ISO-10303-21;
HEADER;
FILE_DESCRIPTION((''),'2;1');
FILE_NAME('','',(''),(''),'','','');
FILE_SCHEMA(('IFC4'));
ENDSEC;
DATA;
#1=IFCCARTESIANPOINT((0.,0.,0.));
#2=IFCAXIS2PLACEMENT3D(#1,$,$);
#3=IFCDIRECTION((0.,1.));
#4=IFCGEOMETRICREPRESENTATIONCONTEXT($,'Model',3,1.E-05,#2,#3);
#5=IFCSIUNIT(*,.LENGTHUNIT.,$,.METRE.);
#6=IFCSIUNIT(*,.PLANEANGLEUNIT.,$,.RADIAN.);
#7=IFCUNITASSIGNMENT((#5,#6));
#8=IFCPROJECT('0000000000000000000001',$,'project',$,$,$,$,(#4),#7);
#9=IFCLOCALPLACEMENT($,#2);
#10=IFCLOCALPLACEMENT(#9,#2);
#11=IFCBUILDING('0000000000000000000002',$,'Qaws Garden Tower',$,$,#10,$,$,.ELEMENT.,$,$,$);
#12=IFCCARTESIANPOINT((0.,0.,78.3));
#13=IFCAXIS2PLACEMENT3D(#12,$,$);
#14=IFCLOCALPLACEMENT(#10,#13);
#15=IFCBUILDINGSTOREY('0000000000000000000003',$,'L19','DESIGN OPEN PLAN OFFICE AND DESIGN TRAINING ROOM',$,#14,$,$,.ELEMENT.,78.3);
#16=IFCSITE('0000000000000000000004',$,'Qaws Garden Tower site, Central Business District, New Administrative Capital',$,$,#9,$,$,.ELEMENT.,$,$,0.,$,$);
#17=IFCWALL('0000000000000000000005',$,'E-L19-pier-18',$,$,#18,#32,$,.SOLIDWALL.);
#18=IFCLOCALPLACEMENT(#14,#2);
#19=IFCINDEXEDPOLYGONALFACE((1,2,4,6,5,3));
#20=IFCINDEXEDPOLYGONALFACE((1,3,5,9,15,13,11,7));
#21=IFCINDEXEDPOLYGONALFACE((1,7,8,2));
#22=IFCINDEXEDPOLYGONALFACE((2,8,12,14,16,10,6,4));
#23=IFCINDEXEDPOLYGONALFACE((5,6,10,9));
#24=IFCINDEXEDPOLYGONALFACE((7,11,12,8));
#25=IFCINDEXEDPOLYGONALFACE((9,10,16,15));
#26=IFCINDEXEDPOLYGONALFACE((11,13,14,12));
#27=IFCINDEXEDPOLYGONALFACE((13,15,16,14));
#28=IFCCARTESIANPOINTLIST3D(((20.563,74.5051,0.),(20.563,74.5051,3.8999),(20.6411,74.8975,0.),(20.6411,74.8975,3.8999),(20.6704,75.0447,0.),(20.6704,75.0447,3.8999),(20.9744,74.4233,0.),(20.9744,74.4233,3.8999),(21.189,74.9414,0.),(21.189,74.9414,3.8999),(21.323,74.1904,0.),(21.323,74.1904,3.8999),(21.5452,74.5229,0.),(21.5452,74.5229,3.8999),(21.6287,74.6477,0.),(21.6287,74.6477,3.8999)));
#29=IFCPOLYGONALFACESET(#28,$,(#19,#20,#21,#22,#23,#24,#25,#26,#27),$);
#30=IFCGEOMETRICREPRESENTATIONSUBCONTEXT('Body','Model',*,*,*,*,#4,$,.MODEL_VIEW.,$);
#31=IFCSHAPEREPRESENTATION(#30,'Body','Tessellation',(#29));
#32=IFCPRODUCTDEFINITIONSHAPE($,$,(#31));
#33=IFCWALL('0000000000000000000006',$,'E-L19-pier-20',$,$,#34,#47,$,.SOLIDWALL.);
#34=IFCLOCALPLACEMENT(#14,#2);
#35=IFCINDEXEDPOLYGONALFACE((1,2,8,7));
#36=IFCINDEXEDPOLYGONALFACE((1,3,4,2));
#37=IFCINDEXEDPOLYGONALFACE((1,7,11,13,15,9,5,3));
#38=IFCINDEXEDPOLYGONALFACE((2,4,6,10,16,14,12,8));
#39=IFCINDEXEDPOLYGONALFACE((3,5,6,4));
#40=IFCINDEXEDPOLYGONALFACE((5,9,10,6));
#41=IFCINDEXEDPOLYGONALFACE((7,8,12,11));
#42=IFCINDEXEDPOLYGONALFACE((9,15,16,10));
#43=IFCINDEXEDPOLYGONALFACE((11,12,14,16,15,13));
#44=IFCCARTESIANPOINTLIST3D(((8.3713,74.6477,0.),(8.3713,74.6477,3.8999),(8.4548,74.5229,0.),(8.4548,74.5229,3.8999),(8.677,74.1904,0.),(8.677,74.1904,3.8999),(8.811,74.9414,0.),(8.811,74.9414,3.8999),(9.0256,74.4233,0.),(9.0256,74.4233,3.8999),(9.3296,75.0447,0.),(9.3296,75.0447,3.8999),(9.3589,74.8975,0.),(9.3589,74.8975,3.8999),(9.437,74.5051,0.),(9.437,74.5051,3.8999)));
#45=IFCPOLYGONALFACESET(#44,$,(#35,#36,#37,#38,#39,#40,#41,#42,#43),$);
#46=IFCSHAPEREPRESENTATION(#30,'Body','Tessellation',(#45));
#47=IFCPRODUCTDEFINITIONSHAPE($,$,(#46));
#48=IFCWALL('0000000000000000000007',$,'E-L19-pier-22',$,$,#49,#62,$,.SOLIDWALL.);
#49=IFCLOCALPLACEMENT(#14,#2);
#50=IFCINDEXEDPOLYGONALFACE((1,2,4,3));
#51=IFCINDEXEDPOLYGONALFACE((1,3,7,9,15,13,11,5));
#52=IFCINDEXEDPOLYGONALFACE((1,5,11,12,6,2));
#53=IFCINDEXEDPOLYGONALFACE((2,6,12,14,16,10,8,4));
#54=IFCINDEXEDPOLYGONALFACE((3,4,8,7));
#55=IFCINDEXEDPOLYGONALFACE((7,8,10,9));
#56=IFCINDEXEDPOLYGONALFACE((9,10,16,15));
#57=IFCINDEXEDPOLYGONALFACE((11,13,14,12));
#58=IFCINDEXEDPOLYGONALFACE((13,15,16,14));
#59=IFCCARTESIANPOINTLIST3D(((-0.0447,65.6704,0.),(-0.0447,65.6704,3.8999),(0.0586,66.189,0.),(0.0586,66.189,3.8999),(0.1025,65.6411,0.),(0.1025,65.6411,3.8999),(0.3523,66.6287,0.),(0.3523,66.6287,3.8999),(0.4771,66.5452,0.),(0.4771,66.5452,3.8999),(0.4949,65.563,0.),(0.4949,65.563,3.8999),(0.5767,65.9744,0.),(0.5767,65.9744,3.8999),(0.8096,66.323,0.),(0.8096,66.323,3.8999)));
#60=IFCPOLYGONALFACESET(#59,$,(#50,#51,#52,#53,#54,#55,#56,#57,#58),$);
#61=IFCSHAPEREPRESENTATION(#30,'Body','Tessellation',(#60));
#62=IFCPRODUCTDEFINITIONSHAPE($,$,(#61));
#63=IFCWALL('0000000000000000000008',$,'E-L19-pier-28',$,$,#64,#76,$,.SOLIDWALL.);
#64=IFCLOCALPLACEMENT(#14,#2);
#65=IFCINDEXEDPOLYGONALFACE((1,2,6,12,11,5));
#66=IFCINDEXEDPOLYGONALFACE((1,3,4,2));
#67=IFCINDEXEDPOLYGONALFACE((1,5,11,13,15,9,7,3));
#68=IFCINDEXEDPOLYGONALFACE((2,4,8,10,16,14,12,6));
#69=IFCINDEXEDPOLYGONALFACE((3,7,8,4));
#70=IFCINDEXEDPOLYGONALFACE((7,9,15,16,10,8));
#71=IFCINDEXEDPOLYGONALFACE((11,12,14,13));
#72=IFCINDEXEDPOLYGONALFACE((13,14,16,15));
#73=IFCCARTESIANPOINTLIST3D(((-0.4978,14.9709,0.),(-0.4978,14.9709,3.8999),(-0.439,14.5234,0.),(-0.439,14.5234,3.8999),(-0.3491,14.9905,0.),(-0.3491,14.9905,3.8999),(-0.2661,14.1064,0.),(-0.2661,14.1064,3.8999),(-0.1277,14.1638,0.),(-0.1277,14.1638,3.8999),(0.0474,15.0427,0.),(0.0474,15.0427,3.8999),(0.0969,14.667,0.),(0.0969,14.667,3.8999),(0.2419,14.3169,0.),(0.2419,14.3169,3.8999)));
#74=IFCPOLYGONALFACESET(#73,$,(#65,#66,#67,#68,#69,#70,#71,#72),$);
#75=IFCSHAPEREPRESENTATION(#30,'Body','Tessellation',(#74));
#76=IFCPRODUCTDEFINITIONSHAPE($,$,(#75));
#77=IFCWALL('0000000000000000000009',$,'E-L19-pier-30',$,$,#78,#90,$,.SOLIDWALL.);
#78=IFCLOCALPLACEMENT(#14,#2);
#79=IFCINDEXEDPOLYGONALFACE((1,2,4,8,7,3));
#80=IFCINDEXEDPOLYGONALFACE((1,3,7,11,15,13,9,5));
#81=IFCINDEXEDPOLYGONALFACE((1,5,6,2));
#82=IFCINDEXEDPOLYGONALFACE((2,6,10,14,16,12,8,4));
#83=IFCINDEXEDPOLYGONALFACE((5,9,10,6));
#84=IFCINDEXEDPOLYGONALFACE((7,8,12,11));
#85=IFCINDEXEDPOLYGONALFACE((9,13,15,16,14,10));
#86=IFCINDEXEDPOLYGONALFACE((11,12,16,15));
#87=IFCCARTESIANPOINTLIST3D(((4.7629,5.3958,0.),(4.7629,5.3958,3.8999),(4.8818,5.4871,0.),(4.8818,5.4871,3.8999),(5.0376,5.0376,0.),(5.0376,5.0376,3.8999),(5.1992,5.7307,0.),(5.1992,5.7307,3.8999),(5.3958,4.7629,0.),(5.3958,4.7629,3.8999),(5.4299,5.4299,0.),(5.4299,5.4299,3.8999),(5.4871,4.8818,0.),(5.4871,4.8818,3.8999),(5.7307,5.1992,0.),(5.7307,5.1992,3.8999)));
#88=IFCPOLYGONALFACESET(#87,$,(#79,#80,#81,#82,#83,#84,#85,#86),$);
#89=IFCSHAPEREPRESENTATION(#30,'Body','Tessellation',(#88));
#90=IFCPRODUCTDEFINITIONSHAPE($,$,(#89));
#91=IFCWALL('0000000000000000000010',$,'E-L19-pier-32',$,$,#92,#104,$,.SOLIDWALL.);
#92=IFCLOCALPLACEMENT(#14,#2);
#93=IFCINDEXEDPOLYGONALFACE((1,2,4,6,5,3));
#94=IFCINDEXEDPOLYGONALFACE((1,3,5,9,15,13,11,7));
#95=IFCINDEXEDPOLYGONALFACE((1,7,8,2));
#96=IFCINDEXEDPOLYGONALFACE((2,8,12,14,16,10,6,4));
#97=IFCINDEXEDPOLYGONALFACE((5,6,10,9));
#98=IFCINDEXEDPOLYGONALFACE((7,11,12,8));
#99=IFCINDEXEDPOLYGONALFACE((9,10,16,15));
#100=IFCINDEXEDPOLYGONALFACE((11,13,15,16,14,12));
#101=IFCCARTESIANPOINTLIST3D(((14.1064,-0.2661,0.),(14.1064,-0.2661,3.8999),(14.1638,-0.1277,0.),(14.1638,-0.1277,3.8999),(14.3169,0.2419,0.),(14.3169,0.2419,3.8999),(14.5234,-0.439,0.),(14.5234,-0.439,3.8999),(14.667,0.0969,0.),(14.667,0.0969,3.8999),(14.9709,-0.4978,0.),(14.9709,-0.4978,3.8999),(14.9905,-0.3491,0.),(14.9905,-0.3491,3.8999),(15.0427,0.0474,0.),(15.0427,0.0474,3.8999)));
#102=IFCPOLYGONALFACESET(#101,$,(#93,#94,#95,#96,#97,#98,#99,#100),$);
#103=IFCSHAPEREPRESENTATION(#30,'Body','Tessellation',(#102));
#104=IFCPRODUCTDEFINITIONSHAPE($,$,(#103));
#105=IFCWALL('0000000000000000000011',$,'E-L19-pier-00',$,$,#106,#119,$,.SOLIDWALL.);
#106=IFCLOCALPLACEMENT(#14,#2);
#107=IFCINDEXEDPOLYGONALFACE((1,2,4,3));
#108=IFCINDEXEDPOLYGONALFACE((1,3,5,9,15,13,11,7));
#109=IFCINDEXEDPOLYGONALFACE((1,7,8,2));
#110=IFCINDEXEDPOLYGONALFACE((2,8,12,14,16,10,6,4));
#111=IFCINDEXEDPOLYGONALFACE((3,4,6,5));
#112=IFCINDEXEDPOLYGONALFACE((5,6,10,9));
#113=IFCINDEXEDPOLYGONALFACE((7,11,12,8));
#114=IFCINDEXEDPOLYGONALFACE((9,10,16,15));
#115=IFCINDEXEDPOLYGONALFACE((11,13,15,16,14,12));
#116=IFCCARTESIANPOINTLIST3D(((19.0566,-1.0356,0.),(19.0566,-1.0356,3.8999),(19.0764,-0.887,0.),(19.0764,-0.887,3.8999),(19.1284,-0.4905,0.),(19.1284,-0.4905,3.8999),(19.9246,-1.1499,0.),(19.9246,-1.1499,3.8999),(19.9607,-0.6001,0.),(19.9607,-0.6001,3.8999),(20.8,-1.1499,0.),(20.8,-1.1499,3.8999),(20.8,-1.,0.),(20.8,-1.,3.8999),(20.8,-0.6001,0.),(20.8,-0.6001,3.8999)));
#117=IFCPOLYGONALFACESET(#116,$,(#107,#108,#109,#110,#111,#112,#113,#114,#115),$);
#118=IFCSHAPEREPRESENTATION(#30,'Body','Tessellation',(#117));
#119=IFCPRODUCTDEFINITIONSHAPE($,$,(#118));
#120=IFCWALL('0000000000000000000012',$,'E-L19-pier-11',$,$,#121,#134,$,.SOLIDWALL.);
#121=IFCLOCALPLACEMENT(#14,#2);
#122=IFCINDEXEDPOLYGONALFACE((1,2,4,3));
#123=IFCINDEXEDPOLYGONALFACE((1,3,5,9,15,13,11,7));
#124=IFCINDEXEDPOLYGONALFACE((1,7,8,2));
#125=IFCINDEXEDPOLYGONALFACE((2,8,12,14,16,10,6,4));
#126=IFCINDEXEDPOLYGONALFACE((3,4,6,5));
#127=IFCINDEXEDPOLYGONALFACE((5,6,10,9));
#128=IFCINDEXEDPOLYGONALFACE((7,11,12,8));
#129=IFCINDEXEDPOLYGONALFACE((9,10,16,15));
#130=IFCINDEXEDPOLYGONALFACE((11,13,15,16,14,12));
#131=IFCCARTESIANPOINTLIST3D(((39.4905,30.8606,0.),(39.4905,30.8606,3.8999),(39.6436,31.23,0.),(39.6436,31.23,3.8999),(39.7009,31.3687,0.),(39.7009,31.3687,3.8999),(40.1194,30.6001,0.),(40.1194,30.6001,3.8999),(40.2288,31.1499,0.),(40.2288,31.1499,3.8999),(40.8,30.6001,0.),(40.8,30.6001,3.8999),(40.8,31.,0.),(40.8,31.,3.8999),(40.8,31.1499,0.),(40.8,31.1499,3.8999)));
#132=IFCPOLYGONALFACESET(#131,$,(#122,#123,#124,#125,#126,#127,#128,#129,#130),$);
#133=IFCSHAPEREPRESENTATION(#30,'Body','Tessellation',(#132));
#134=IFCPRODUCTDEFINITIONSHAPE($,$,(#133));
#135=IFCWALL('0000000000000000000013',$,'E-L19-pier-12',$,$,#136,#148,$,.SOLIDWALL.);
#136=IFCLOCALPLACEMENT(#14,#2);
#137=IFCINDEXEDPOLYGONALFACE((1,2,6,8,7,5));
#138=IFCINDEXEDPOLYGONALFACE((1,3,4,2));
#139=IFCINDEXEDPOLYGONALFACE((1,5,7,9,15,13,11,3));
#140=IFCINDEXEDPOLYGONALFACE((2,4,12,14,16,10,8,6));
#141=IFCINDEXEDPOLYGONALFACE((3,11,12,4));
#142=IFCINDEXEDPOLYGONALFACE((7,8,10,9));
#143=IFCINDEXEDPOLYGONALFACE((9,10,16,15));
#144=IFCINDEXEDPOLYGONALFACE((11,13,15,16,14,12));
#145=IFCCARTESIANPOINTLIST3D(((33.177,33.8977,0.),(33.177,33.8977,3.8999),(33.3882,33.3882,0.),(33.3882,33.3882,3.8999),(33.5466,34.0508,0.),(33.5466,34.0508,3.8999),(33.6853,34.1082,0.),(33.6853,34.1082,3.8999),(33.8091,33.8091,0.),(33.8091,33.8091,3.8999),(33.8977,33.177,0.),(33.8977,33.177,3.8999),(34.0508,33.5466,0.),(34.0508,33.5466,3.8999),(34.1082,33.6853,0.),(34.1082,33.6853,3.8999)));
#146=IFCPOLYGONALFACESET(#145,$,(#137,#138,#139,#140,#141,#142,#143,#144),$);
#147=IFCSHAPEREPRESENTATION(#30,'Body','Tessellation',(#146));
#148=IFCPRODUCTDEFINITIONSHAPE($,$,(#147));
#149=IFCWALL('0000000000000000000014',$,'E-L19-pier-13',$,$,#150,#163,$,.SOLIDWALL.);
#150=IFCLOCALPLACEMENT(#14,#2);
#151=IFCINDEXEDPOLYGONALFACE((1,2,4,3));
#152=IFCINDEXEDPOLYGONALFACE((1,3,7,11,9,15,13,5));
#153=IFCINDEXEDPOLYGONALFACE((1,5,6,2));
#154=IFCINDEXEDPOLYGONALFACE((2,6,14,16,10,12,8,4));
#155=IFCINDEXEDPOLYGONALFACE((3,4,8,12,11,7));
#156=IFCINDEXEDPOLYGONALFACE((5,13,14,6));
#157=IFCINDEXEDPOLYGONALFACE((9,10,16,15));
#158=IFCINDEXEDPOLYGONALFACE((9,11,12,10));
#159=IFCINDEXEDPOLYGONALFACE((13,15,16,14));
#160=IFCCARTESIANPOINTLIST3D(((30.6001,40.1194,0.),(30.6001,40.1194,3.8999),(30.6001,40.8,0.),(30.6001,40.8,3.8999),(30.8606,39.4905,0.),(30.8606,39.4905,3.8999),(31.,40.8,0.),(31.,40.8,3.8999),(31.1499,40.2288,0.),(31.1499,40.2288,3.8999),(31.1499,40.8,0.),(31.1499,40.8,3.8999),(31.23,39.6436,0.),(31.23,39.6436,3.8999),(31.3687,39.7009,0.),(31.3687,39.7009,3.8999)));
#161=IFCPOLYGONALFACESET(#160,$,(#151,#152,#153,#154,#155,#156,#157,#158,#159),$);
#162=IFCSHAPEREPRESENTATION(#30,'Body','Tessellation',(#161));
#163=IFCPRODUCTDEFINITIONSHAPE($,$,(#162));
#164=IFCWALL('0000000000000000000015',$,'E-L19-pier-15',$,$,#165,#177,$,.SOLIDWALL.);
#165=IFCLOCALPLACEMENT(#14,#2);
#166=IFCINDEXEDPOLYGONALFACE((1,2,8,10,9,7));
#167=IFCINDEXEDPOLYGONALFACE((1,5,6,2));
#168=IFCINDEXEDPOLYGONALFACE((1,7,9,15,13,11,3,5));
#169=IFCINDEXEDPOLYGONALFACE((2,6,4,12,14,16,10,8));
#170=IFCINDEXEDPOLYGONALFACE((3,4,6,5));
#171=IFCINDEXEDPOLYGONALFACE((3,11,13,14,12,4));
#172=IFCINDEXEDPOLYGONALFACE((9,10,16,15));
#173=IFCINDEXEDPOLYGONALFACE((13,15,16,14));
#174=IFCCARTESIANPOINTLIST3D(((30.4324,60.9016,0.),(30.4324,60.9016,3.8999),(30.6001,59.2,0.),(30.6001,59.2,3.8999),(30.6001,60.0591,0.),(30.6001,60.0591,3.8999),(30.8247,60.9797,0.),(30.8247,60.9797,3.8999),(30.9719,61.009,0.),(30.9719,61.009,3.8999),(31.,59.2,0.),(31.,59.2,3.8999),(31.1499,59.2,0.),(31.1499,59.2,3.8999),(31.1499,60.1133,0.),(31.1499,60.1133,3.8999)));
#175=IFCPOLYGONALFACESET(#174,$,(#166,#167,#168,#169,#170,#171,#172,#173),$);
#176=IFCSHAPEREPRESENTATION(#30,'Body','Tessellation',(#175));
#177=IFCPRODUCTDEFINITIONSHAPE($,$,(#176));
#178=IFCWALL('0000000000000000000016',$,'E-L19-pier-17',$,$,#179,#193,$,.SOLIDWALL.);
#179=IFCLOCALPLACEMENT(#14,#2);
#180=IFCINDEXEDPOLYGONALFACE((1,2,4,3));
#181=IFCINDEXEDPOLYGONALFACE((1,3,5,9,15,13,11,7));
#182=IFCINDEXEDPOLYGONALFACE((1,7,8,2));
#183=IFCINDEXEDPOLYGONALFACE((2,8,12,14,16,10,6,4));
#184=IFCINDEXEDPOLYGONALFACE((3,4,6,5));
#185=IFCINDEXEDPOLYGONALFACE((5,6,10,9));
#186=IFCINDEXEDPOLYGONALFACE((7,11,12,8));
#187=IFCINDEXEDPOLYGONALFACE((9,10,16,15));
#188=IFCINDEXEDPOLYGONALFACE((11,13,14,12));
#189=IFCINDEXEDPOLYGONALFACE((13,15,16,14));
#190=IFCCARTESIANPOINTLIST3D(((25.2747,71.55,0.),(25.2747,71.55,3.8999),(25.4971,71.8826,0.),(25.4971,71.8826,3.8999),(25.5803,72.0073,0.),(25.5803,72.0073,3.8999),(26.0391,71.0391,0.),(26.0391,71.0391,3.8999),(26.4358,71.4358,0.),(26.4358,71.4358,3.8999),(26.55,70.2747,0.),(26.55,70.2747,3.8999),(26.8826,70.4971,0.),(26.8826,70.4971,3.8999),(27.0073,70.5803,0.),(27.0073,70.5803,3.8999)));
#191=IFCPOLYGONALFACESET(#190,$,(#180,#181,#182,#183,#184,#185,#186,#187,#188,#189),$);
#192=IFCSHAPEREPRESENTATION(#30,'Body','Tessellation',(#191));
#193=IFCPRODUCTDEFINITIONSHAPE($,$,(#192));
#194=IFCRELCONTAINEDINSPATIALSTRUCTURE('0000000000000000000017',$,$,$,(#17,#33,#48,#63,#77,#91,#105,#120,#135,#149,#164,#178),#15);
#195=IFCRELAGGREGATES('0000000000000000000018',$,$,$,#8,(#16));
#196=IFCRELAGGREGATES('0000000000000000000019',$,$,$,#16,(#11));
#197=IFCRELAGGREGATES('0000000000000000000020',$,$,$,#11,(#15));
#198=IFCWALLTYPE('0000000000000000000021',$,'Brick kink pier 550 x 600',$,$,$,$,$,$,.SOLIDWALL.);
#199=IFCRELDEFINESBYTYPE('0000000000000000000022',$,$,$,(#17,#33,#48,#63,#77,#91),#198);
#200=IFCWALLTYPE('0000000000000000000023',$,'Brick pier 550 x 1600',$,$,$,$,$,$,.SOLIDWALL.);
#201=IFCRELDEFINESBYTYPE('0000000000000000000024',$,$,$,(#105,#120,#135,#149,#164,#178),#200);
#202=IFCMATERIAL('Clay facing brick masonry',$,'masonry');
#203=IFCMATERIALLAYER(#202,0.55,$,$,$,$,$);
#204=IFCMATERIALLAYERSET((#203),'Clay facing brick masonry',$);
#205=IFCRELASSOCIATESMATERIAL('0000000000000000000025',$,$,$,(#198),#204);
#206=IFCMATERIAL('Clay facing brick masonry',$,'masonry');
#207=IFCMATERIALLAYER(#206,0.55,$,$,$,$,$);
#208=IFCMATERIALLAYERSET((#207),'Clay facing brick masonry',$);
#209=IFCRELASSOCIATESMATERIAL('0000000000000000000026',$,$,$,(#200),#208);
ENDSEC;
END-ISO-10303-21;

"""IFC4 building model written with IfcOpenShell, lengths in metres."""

from ifc_helpers import new_model, si_unit, direction, frame, origin, place, context, subcontext, project, spatial, polyline, outline, extrude, material, layer, layer_set, type_object, element, save


model = new_model("IFC4")

# Units and contexts
model_context = context("Model", 3, precision=1e-05, world=origin(), true_north=direction((0.0, 1.0)))
body_context = subcontext(model_context, "Body", "Model", "MODEL_VIEW")
ifc_project = project(units=[si_unit("LENGTHUNIT", "METRE"), si_unit("PLANEANGLEUNIT", "RADIAN")], contexts=[model_context])

# Site, building, storey
site_placement = place(None, origin())
site = spatial("IfcSite", under=ifc_project, at=site_placement, Name="Qaws Garden Tower site, Central Business District, New Administrative Capital", CompositionType="ELEMENT", RefElevation=0.0)
building_placement = place(site_placement, origin())
building = spatial("IfcBuilding", under=site, at=building_placement, Name="Qaws Garden Tower", CompositionType="ELEMENT")
storey_placement = place(building_placement, frame((0.0, 0.0, 78.3)))
storey = spatial("IfcBuildingStorey", under=building, at=storey_placement, Name="L19", Description="DESIGN OPEN PLAN OFFICE AND DESIGN TRAINING ROOM", CompositionType="ELEMENT", Elevation=78.3)

# Walls
placement = place(storey_placement, origin())
ifc_material_1 = material(Name="Clay facing brick masonry", Category="masonry")
ifc_layer_1 = layer(ifc_material_1, 0.55)
ifc_layer_set_1 = layer_set([ifc_layer_1], Name="Clay facing brick masonry")
wall_type_1 = type_object("IfcWallType", Name="Brick kink pier 550 x 600", PredefinedType="SOLIDWALL", material=ifc_layer_set_1)
element("IfcWall", 1, at=placement, inside=storey, type_object=wall_type_1, Name="E-L19-pier-18", PredefinedType="SOLIDWALL", context=body_context, shape_type="SweptSolid", body=[
    extrude(outline(polyline([(21.5452, 74.5229), (21.6287, 74.6477), (21.189, 74.9414), (20.6704, 75.0447), (20.6411, 74.8975), (20.563, 74.5051), (20.9744, 74.4233), (21.323, 74.1904), (21.5452, 74.5229)])), origin(), (0.0, 0.0, 1.0), 3.8999),
])
element("IfcWall", 2, at=placement, inside=storey, type_object=wall_type_1, Name="E-L19-pier-20", PredefinedType="SOLIDWALL", context=body_context, shape_type="SweptSolid", body=[
    extrude(outline(polyline([(9.3589, 74.8975), (9.3296, 75.0447), (8.811, 74.9414), (8.3713, 74.6477), (8.4548, 74.5229), (8.677, 74.1904), (9.0256, 74.4233), (9.437, 74.5051), (9.3589, 74.8975)])), origin(), (0.0, 0.0, 1.0), 3.8999),
])
element("IfcWall", 3, at=placement, inside=storey, type_object=wall_type_1, Name="E-L19-pier-22", PredefinedType="SOLIDWALL", context=body_context, shape_type="SweptSolid", body=[
    extrude(outline(polyline([(0.4771, 66.5452), (0.3523, 66.6287), (0.0586, 66.189), (-0.0447, 65.6704), (0.1025, 65.6411), (0.4949, 65.563), (0.5767, 65.9744), (0.8096, 66.323), (0.4771, 66.5452)])), origin(), (0.0, 0.0, 1.0), 3.8999),
])
element("IfcWall", 4, at=placement, inside=storey, type_object=wall_type_1, Name="E-L19-pier-28", PredefinedType="SOLIDWALL", context=body_context, shape_type="SweptSolid", body=[
    extrude(outline(polyline([(-0.3491, 14.9905), (-0.4978, 14.9709), (-0.439, 14.5234), (-0.2661, 14.1064), (-0.1277, 14.1638), (0.2419, 14.3169), (0.0969, 14.667), (0.0474, 15.0427), (-0.3491, 14.9905)])), origin(), (0.0, 0.0, 1.0), 3.8999),
])
element("IfcWall", 5, at=placement, inside=storey, type_object=wall_type_1, Name="E-L19-pier-30", PredefinedType="SOLIDWALL", context=body_context, shape_type="SweptSolid", body=[
    extrude(outline(polyline([(4.8818, 5.4871), (4.7629, 5.3958), (5.0376, 5.0376), (5.3958, 4.7629), (5.4871, 4.8818), (5.7307, 5.1992), (5.4299, 5.4299), (5.1992, 5.7307), (4.8818, 5.4871)])), origin(), (0.0, 0.0, 1.0), 3.8999),
])
element("IfcWall", 6, at=placement, inside=storey, type_object=wall_type_1, Name="E-L19-pier-32", PredefinedType="SOLIDWALL", context=body_context, shape_type="SweptSolid", body=[
    extrude(outline(polyline([(14.1638, -0.1277), (14.1064, -0.2661), (14.5234, -0.439), (14.9709, -0.4978), (14.9905, -0.3491), (15.0427, 0.0474), (14.667, 0.0969), (14.3169, 0.2419), (14.1638, -0.1277)])), origin(), (0.0, 0.0, 1.0), 3.8999),
])
ifc_material_2 = material(Name="Clay facing brick masonry", Category="masonry")
ifc_layer_2 = layer(ifc_material_2, 0.55)
ifc_layer_set_2 = layer_set([ifc_layer_2], Name="Clay facing brick masonry")
wall_type_2 = type_object("IfcWallType", Name="Brick pier 550 x 1600", PredefinedType="SOLIDWALL", material=ifc_layer_set_2)
element("IfcWall", 7, at=placement, inside=storey, type_object=wall_type_2, Name="E-L19-pier-00", PredefinedType="SOLIDWALL", context=body_context, shape_type="SweptSolid", body=[
    extrude(outline(polyline([(19.0764, -0.887), (19.0566, -1.0356), (19.9246, -1.1499), (20.8, -1.1499), (20.8, -1.0), (20.8, -0.6001), (19.9607, -0.6001), (19.1284, -0.4905), (19.0764, -0.887)])), origin(), (0.0, 0.0, 1.0), 3.8999),
])
element("IfcWall", 8, at=placement, inside=storey, type_object=wall_type_2, Name="E-L19-pier-11", PredefinedType="SOLIDWALL", context=body_context, shape_type="SweptSolid", body=[
    extrude(outline(polyline([(40.8, 31.0), (40.8, 31.1499), (40.2288, 31.1499), (39.7009, 31.3687), (39.6436, 31.23), (39.4905, 30.8606), (40.1194, 30.6001), (40.8, 30.6001), (40.8, 31.0)])), origin(), (0.0, 0.0, 1.0), 3.8999),
])
element("IfcWall", 9, at=placement, inside=storey, type_object=wall_type_2, Name="E-L19-pier-12", PredefinedType="SOLIDWALL", context=body_context, shape_type="SweptSolid", body=[
    extrude(outline(polyline([(34.0508, 33.5466), (34.1082, 33.6853), (33.8091, 33.8091), (33.6853, 34.1082), (33.5466, 34.0508), (33.177, 33.8977), (33.3882, 33.3882), (33.8977, 33.177), (34.0508, 33.5466)])), origin(), (0.0, 0.0, 1.0), 3.8999),
])
element("IfcWall", 10, at=placement, inside=storey, type_object=wall_type_2, Name="E-L19-pier-13", PredefinedType="SOLIDWALL", context=body_context, shape_type="SweptSolid", body=[
    extrude(outline(polyline([(31.23, 39.6436), (31.3687, 39.7009), (31.1499, 40.2288), (31.1499, 40.8), (31.0, 40.8), (30.6001, 40.8), (30.6001, 40.1194), (30.8606, 39.4905), (31.23, 39.6436)])), origin(), (0.0, 0.0, 1.0), 3.8999),
])
element("IfcWall", 11, at=placement, inside=storey, type_object=wall_type_2, Name="E-L19-pier-15", PredefinedType="SOLIDWALL", context=body_context, shape_type="SweptSolid", body=[
    extrude(outline(polyline([(31.0, 59.2), (31.1499, 59.2), (31.1499, 60.1133), (30.9719, 61.009), (30.8247, 60.9797), (30.4324, 60.9016), (30.6001, 60.0591), (30.6001, 59.2), (31.0, 59.2)])), origin(), (0.0, 0.0, 1.0), 3.8999),
])
element("IfcWall", 12, at=placement, inside=storey, type_object=wall_type_2, Name="E-L19-pier-17", PredefinedType="SOLIDWALL", context=body_context, shape_type="SweptSolid", body=[
    extrude(outline(polyline([(26.8826, 70.4971), (27.0073, 70.5803), (26.4358, 71.4358), (25.5803, 72.0073), (25.4971, 71.8826), (25.2747, 71.55), (26.0391, 71.0391), (26.55, 70.2747), (26.8826, 70.4971)])), origin(), (0.0, 0.0, 1.0), 3.8999),
])

save(model, "model.ifc")
